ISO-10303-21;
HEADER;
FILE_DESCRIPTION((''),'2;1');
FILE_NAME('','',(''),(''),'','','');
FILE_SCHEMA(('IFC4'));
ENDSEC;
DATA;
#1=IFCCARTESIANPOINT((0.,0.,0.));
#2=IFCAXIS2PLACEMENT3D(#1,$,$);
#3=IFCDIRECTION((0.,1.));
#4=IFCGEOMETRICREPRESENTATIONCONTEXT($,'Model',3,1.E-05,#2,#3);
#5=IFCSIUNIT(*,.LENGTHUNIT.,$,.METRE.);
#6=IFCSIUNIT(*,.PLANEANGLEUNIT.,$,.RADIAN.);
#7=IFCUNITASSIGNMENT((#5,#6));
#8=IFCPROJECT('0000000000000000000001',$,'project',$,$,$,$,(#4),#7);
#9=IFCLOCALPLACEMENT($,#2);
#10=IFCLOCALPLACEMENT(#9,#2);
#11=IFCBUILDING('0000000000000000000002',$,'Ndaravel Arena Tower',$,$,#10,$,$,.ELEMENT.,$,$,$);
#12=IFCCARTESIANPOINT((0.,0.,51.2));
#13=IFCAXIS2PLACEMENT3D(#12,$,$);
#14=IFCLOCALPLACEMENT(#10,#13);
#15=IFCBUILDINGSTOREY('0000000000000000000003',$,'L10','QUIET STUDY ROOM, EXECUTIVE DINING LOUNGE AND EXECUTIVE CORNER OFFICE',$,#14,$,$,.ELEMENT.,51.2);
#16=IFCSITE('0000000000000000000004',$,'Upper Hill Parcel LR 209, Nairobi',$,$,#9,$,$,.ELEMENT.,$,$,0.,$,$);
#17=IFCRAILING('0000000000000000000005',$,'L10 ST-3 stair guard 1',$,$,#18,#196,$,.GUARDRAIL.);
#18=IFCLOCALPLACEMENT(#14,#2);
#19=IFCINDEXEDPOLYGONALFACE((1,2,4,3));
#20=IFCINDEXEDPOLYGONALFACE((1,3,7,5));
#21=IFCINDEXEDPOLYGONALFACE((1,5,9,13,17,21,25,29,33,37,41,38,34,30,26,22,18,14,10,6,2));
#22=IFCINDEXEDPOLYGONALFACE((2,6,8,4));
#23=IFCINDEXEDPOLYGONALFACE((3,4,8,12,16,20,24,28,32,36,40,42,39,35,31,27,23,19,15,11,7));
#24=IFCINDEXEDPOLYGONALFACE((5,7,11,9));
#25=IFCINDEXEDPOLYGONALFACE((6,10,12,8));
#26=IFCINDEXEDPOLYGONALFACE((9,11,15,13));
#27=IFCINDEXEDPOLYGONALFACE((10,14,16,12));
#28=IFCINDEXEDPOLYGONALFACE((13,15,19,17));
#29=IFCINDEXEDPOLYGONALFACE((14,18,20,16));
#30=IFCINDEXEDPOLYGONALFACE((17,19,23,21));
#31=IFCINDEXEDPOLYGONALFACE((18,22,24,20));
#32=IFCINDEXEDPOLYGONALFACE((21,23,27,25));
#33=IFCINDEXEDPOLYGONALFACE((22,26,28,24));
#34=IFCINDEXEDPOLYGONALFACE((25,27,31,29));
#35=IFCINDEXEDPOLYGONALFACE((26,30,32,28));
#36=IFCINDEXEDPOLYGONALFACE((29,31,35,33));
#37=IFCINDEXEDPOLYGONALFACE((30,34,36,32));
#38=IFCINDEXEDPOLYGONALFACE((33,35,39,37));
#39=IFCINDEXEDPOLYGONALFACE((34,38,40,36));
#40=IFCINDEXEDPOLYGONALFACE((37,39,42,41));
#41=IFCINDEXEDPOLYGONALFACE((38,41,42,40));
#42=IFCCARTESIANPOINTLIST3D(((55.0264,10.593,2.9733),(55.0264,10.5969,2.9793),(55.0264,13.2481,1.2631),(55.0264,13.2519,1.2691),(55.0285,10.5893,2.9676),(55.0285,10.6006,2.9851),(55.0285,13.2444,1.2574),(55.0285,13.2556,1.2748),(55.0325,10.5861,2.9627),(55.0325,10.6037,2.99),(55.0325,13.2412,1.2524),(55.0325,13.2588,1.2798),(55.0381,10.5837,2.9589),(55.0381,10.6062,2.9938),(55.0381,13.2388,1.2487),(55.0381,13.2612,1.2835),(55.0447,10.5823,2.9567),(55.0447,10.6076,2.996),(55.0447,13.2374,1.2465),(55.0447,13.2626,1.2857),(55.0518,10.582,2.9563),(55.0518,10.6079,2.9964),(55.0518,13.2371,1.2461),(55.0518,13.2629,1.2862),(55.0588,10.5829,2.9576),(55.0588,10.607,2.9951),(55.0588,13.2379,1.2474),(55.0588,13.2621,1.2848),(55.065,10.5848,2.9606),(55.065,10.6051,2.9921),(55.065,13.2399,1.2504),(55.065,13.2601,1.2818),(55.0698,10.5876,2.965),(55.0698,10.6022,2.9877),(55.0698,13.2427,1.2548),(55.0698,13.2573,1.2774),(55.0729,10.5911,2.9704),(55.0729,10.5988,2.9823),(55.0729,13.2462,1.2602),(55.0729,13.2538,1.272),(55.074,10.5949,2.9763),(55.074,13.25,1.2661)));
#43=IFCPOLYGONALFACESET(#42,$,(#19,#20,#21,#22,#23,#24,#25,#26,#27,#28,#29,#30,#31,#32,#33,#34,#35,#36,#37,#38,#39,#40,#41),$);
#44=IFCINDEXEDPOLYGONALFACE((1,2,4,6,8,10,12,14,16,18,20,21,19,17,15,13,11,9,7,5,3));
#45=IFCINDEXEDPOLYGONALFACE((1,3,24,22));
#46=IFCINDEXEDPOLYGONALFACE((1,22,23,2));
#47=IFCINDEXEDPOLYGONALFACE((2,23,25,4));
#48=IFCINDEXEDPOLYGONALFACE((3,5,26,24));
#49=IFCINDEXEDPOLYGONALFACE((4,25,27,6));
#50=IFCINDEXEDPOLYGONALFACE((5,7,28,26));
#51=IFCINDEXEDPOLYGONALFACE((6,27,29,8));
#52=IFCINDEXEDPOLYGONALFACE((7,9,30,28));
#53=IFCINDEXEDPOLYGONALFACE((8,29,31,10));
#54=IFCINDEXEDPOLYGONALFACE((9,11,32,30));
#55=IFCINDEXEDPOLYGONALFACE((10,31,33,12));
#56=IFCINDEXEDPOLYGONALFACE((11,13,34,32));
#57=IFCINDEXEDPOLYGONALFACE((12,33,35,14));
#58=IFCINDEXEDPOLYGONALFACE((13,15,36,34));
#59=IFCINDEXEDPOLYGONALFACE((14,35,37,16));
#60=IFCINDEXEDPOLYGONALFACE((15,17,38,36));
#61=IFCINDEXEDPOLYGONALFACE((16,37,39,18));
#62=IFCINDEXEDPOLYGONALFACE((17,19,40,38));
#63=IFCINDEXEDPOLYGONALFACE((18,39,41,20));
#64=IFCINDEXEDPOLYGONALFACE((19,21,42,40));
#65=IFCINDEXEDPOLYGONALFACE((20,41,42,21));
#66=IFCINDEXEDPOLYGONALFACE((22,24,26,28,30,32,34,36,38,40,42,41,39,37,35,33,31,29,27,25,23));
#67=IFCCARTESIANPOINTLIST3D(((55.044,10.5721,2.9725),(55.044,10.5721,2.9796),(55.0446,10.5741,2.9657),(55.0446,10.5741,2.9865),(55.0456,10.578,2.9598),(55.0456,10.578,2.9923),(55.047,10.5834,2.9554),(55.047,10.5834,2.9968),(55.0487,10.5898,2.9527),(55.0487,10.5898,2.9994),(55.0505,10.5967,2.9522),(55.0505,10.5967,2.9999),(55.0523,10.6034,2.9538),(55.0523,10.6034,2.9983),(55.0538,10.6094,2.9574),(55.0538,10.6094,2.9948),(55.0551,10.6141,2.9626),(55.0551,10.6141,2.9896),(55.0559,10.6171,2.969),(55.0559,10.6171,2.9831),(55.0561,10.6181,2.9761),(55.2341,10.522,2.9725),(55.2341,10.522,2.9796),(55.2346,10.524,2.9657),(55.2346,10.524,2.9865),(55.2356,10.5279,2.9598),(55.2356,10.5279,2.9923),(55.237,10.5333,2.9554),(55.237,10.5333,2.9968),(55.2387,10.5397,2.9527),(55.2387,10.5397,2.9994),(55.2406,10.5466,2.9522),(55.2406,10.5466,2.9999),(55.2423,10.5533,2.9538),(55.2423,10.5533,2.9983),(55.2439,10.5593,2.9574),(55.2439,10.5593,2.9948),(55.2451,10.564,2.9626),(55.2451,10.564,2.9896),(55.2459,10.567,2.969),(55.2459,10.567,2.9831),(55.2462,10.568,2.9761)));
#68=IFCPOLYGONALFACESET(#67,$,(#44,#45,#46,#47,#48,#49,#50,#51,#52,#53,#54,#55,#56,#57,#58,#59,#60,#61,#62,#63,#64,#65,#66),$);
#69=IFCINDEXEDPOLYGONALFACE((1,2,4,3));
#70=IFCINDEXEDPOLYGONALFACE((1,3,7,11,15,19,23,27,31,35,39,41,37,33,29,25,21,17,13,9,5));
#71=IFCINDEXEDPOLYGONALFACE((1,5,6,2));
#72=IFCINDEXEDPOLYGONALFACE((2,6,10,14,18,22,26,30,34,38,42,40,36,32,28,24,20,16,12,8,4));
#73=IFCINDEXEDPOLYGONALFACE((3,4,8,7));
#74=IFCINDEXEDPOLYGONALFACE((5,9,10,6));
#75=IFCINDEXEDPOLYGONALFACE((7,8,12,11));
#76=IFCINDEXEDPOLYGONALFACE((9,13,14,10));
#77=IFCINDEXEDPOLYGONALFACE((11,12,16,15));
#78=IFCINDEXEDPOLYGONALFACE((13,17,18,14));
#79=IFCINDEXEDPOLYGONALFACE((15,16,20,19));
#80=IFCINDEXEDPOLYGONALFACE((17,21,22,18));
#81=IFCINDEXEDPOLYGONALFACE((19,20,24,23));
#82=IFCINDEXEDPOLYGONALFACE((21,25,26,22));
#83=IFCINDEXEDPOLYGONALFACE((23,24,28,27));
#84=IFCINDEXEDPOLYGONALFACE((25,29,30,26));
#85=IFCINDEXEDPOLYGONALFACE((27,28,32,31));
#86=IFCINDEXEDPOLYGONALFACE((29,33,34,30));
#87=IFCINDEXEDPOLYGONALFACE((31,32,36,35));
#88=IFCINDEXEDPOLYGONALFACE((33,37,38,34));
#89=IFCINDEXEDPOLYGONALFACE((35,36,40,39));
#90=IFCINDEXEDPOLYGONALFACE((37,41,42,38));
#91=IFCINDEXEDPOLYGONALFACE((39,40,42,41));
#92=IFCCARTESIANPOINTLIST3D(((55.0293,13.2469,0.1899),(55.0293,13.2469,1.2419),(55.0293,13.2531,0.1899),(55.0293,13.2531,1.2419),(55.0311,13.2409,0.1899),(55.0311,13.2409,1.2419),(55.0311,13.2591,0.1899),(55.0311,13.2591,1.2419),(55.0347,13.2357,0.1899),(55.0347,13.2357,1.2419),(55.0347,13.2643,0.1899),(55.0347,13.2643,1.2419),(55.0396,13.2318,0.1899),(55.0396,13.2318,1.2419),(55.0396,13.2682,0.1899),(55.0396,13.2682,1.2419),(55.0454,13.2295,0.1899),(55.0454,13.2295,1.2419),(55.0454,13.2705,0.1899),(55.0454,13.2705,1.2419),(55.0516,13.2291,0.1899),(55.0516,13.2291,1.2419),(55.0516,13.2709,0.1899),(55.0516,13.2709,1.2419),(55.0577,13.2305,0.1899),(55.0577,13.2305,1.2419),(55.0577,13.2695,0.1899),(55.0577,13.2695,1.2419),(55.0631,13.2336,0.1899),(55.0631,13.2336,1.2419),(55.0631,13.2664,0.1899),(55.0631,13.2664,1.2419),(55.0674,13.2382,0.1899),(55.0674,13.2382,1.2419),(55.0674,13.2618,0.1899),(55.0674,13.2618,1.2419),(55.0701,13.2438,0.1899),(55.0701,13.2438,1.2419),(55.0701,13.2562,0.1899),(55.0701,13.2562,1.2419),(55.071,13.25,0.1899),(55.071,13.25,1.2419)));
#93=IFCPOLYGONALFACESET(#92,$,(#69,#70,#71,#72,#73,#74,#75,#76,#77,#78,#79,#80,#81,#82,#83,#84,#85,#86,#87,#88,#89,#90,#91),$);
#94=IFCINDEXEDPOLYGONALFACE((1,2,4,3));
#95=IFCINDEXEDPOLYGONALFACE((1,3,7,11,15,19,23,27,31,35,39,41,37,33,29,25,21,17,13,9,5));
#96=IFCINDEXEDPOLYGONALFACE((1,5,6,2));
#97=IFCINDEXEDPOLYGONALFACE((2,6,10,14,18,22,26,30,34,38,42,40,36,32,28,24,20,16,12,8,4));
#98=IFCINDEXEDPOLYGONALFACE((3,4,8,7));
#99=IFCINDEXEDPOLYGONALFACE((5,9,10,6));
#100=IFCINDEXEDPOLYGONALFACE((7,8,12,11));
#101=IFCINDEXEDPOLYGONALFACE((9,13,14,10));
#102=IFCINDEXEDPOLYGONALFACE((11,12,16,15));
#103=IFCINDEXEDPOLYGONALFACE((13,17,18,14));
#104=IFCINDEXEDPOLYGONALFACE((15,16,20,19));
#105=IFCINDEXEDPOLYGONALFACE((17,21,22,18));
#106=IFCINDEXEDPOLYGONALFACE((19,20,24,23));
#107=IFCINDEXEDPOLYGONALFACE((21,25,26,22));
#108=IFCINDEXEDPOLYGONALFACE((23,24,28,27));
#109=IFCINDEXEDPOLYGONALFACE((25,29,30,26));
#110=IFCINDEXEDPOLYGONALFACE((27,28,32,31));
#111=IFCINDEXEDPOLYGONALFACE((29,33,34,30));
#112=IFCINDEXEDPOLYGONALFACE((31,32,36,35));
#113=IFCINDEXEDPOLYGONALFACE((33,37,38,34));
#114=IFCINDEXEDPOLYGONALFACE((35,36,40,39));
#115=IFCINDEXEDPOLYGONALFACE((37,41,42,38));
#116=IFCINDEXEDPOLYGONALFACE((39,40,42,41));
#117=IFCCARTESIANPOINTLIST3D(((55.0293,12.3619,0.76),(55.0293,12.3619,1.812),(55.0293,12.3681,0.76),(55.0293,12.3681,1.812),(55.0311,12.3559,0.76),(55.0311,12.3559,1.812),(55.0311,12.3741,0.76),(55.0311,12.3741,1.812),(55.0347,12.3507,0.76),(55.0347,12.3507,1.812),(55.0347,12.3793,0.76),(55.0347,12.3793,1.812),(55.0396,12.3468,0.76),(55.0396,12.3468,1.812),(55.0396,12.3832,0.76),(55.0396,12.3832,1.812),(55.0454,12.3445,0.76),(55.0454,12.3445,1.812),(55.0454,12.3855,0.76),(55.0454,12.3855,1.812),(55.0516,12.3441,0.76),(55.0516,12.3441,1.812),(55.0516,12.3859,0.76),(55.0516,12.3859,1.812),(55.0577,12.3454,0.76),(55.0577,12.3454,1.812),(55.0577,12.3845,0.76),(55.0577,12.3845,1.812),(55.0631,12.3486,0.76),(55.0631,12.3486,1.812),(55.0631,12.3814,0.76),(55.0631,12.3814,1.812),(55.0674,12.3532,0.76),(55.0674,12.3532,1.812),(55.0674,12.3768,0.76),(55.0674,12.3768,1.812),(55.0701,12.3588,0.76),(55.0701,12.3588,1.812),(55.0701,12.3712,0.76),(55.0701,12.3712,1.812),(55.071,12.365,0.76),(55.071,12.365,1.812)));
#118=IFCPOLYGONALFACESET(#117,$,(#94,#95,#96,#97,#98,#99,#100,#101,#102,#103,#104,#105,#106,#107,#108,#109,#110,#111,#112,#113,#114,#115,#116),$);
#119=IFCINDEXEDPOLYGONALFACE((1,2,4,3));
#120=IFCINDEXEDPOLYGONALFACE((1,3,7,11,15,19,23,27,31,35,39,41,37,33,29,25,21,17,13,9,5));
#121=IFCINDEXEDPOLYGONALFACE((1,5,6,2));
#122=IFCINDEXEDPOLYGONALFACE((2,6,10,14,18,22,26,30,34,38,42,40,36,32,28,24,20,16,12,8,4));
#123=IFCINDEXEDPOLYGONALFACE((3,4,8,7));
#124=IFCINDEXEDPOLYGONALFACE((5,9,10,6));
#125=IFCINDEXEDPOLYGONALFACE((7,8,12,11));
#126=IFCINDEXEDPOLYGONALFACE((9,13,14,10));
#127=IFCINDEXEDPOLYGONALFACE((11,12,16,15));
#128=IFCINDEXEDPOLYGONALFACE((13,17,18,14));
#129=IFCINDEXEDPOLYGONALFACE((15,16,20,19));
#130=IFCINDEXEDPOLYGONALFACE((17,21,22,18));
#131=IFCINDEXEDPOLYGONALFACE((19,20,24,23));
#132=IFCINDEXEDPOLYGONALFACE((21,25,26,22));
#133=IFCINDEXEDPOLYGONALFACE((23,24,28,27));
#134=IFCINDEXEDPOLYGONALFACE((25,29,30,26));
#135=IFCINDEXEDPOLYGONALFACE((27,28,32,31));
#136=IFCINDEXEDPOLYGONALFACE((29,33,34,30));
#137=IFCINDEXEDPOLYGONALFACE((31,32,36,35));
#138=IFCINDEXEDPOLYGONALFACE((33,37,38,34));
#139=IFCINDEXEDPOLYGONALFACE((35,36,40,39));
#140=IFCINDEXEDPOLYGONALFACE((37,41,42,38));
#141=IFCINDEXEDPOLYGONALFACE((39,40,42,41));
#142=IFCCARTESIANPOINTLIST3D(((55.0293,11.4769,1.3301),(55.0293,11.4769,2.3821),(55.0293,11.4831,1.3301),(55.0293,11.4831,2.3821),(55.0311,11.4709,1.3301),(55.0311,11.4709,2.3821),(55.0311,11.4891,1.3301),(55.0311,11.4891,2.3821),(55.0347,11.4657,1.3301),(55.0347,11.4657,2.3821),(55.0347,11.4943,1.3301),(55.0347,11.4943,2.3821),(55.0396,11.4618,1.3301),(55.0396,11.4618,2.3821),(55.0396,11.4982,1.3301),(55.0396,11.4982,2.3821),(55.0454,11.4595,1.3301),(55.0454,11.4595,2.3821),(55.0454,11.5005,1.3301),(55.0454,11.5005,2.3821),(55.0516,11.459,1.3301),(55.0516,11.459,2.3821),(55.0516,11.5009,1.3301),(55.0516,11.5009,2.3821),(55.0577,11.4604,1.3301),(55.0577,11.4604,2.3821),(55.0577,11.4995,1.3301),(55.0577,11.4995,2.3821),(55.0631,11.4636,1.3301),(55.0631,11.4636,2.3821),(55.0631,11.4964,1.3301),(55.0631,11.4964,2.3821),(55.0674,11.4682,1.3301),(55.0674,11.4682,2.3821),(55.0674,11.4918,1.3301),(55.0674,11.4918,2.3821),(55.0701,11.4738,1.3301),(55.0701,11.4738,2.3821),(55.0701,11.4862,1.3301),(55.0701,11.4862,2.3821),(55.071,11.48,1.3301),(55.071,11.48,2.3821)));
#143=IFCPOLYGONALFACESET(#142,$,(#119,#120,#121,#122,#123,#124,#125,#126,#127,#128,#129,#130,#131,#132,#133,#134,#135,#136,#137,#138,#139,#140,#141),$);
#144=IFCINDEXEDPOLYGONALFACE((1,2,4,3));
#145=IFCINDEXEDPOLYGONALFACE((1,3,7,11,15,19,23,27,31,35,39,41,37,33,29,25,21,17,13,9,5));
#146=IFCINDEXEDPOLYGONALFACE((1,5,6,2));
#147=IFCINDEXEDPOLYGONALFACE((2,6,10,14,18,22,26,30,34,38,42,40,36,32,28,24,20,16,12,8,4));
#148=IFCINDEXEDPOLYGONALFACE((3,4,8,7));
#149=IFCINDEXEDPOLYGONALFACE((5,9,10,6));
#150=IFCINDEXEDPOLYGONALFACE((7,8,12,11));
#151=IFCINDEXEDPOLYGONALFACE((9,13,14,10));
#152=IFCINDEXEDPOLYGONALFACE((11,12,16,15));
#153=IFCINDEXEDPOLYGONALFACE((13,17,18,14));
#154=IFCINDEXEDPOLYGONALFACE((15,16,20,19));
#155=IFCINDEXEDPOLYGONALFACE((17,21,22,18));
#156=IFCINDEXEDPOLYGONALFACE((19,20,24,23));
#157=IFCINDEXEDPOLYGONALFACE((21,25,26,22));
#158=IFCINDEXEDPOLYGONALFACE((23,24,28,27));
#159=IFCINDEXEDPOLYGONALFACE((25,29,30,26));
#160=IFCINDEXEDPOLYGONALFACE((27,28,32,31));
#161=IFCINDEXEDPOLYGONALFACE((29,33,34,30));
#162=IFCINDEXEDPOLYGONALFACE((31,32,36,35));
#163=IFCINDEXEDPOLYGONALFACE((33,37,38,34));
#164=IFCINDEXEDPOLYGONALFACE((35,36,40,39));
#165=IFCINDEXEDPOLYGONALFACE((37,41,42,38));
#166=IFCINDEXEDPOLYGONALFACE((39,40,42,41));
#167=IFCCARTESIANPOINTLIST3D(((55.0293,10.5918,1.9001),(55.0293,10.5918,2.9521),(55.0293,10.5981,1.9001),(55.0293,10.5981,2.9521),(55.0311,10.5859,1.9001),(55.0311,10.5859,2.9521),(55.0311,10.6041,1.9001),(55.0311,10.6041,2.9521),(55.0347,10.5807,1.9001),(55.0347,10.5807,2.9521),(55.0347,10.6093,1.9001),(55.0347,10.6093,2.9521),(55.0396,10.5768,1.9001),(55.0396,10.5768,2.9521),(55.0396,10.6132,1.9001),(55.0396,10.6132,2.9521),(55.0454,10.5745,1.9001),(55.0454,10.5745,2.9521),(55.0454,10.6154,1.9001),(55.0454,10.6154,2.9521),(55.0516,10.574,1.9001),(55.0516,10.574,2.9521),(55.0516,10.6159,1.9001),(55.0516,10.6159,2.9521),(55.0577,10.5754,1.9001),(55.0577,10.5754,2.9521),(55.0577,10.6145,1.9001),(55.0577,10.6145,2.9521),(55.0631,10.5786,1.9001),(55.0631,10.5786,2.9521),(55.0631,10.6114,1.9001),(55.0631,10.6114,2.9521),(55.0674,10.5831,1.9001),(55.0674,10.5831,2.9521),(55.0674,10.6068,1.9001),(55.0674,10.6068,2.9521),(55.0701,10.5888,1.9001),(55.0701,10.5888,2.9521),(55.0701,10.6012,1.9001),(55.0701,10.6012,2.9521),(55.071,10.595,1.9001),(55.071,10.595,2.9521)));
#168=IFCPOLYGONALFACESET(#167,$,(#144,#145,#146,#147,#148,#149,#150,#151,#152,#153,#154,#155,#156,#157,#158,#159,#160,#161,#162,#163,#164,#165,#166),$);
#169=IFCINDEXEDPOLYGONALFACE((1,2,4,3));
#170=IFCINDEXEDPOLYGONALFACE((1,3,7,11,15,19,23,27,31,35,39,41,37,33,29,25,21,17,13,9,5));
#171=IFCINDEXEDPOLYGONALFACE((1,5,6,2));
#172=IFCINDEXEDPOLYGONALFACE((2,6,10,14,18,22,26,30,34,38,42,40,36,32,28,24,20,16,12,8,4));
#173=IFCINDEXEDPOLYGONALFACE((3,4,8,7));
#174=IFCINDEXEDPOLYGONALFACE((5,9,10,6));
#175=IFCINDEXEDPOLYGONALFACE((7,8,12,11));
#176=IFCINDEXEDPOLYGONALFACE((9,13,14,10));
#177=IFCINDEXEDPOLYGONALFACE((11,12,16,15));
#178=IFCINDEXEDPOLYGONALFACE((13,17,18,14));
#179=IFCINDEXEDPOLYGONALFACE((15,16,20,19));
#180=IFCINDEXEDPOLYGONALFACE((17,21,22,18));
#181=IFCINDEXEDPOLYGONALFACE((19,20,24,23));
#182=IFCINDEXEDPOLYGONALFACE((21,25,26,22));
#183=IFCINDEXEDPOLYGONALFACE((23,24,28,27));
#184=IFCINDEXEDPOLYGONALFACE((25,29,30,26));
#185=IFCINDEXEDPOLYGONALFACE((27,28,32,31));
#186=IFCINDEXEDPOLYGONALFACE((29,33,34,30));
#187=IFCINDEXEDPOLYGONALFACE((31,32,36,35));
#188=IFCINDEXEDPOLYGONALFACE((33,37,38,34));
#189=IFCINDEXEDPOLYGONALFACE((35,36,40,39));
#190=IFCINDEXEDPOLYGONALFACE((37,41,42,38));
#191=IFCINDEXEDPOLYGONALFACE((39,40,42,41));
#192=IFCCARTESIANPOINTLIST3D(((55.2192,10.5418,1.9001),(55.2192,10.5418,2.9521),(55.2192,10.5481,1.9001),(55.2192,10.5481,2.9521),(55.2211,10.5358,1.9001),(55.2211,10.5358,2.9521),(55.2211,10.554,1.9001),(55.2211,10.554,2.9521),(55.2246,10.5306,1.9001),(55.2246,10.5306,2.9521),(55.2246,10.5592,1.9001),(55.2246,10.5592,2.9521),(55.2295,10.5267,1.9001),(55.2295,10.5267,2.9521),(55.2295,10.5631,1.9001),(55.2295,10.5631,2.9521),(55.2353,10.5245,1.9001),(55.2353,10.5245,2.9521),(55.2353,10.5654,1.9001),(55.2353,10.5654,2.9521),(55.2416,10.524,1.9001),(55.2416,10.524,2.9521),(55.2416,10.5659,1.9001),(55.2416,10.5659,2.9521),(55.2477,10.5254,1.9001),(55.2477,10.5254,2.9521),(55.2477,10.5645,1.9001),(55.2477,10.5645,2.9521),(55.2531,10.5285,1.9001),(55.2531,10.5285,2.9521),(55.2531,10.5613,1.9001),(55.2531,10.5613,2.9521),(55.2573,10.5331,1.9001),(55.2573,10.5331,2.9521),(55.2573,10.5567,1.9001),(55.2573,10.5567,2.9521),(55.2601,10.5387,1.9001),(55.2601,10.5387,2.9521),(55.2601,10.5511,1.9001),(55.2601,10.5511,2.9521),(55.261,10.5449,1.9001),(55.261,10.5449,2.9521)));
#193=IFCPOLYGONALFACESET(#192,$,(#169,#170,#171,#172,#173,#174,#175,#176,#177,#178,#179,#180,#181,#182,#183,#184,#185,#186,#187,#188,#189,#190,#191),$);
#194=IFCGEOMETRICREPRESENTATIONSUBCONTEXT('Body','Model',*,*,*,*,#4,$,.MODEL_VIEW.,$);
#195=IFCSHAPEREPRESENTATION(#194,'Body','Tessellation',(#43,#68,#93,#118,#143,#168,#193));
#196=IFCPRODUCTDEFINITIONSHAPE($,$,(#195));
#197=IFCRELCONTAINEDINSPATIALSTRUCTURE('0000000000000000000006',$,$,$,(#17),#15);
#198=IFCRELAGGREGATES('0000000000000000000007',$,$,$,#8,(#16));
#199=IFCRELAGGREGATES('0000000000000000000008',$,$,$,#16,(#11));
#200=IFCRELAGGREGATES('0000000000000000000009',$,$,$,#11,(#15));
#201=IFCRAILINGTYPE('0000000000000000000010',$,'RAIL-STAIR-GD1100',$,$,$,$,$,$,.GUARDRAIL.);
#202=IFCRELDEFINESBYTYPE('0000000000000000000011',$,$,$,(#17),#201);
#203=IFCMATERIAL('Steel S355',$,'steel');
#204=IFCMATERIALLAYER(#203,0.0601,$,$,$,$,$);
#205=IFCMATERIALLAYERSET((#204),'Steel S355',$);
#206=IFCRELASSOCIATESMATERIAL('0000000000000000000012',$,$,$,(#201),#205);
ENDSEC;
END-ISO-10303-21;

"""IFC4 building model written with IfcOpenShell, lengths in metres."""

from ifc_helpers import new_model, si_unit, direction, frame, origin, origin_2d, place, context, subcontext, project, spatial, circle, extrude, material, layer, layer_set, type_object, element, save


model = new_model("IFC4")

# Units and contexts
model_context = context("Model", 3, precision=1e-05, world=origin(), true_north=direction((0.0, 1.0)))
body_context = subcontext(model_context, "Body", "Model", "MODEL_VIEW")
ifc_project = project(units=[si_unit("LENGTHUNIT", "METRE"), si_unit("PLANEANGLEUNIT", "RADIAN")], contexts=[model_context])

# Site, building, storey
site_placement = place(None, origin())
site = spatial("IfcSite", under=ifc_project, at=site_placement, Name="Upper Hill Parcel LR 209, Nairobi", CompositionType="ELEMENT", RefElevation=0.0)
building_placement = place(site_placement, origin())
building = spatial("IfcBuilding", under=site, at=building_placement, Name="Ndaravel Arena Tower", CompositionType="ELEMENT")
storey_placement = place(building_placement, frame((0.0, 0.0, 51.2)))
storey = spatial("IfcBuildingStorey", under=building, at=storey_placement, Name="L10", Description="QUIET STUDY ROOM, EXECUTIVE DINING LOUNGE AND EXECUTIVE CORNER OFFICE", CompositionType="ELEMENT", Elevation=51.2)

# Railing
ifc_material_1 = material(Name="Steel S355", Category="steel")
ifc_layer_1 = layer(ifc_material_1, 0.0601)
ifc_layer_set_1 = layer_set([ifc_layer_1], Name="Steel S355")
railing_type_1 = type_object("IfcRailingType", Name="RAIL-STAIR-GD1100", PredefinedType="GUARDRAIL", material=ifc_layer_set_1)
railing_1_placement = place(storey_placement, frame((55.05, 13.25, 0.1899)))
element("IfcRailing", 1, at=railing_1_placement, inside=storey, type_object=railing_type_1, Name="L10 ST-3 stair guard 1", PredefinedType="GUARDRAIL", context=body_context, shape_type="SweptSolid", body=[
    extrude(circle(Radius=0.0239, at=origin_2d()), frame((0.0, 0.0, 1.0762), z_axis=(0.0, -0.840688, 0.541519), x_axis=(1.0, 0.0, 0.0)), (0.0, 0.0, 1.0), 3.1582),
    extrude(circle(Radius=0.0239, at=origin_2d()), frame((0.0, -2.655, 2.7861), z_axis=(0.966994, -0.254799, 0.0), x_axis=(0.254799, 0.966994, 0.0)), (0.0, 0.0, 1.0), 0.1965),
    extrude(circle(Radius=0.021, at=origin_2d()), origin(), (0.0, 0.0, 1.0), 1.052),
    extrude(circle(Radius=0.021, at=origin_2d()), frame((0.0, -0.885, 0.5701)), (0.0, 0.0, 1.0), 1.052),
    extrude(circle(Radius=0.021, at=origin_2d()), frame((0.0, -1.77, 1.1401)), (0.0, 0.0, 1.0), 1.052),
    extrude(circle(Radius=0.021, at=origin_2d()), frame((0.0, -2.655, 1.7102)), (0.0, 0.0, 1.0), 1.052),
    extrude(circle(Radius=0.021, at=origin_2d()), frame((0.1899, -2.7051, 1.7102)), (0.0, 0.0, 1.0), 1.052),
])

save(model, "model.ifc")
